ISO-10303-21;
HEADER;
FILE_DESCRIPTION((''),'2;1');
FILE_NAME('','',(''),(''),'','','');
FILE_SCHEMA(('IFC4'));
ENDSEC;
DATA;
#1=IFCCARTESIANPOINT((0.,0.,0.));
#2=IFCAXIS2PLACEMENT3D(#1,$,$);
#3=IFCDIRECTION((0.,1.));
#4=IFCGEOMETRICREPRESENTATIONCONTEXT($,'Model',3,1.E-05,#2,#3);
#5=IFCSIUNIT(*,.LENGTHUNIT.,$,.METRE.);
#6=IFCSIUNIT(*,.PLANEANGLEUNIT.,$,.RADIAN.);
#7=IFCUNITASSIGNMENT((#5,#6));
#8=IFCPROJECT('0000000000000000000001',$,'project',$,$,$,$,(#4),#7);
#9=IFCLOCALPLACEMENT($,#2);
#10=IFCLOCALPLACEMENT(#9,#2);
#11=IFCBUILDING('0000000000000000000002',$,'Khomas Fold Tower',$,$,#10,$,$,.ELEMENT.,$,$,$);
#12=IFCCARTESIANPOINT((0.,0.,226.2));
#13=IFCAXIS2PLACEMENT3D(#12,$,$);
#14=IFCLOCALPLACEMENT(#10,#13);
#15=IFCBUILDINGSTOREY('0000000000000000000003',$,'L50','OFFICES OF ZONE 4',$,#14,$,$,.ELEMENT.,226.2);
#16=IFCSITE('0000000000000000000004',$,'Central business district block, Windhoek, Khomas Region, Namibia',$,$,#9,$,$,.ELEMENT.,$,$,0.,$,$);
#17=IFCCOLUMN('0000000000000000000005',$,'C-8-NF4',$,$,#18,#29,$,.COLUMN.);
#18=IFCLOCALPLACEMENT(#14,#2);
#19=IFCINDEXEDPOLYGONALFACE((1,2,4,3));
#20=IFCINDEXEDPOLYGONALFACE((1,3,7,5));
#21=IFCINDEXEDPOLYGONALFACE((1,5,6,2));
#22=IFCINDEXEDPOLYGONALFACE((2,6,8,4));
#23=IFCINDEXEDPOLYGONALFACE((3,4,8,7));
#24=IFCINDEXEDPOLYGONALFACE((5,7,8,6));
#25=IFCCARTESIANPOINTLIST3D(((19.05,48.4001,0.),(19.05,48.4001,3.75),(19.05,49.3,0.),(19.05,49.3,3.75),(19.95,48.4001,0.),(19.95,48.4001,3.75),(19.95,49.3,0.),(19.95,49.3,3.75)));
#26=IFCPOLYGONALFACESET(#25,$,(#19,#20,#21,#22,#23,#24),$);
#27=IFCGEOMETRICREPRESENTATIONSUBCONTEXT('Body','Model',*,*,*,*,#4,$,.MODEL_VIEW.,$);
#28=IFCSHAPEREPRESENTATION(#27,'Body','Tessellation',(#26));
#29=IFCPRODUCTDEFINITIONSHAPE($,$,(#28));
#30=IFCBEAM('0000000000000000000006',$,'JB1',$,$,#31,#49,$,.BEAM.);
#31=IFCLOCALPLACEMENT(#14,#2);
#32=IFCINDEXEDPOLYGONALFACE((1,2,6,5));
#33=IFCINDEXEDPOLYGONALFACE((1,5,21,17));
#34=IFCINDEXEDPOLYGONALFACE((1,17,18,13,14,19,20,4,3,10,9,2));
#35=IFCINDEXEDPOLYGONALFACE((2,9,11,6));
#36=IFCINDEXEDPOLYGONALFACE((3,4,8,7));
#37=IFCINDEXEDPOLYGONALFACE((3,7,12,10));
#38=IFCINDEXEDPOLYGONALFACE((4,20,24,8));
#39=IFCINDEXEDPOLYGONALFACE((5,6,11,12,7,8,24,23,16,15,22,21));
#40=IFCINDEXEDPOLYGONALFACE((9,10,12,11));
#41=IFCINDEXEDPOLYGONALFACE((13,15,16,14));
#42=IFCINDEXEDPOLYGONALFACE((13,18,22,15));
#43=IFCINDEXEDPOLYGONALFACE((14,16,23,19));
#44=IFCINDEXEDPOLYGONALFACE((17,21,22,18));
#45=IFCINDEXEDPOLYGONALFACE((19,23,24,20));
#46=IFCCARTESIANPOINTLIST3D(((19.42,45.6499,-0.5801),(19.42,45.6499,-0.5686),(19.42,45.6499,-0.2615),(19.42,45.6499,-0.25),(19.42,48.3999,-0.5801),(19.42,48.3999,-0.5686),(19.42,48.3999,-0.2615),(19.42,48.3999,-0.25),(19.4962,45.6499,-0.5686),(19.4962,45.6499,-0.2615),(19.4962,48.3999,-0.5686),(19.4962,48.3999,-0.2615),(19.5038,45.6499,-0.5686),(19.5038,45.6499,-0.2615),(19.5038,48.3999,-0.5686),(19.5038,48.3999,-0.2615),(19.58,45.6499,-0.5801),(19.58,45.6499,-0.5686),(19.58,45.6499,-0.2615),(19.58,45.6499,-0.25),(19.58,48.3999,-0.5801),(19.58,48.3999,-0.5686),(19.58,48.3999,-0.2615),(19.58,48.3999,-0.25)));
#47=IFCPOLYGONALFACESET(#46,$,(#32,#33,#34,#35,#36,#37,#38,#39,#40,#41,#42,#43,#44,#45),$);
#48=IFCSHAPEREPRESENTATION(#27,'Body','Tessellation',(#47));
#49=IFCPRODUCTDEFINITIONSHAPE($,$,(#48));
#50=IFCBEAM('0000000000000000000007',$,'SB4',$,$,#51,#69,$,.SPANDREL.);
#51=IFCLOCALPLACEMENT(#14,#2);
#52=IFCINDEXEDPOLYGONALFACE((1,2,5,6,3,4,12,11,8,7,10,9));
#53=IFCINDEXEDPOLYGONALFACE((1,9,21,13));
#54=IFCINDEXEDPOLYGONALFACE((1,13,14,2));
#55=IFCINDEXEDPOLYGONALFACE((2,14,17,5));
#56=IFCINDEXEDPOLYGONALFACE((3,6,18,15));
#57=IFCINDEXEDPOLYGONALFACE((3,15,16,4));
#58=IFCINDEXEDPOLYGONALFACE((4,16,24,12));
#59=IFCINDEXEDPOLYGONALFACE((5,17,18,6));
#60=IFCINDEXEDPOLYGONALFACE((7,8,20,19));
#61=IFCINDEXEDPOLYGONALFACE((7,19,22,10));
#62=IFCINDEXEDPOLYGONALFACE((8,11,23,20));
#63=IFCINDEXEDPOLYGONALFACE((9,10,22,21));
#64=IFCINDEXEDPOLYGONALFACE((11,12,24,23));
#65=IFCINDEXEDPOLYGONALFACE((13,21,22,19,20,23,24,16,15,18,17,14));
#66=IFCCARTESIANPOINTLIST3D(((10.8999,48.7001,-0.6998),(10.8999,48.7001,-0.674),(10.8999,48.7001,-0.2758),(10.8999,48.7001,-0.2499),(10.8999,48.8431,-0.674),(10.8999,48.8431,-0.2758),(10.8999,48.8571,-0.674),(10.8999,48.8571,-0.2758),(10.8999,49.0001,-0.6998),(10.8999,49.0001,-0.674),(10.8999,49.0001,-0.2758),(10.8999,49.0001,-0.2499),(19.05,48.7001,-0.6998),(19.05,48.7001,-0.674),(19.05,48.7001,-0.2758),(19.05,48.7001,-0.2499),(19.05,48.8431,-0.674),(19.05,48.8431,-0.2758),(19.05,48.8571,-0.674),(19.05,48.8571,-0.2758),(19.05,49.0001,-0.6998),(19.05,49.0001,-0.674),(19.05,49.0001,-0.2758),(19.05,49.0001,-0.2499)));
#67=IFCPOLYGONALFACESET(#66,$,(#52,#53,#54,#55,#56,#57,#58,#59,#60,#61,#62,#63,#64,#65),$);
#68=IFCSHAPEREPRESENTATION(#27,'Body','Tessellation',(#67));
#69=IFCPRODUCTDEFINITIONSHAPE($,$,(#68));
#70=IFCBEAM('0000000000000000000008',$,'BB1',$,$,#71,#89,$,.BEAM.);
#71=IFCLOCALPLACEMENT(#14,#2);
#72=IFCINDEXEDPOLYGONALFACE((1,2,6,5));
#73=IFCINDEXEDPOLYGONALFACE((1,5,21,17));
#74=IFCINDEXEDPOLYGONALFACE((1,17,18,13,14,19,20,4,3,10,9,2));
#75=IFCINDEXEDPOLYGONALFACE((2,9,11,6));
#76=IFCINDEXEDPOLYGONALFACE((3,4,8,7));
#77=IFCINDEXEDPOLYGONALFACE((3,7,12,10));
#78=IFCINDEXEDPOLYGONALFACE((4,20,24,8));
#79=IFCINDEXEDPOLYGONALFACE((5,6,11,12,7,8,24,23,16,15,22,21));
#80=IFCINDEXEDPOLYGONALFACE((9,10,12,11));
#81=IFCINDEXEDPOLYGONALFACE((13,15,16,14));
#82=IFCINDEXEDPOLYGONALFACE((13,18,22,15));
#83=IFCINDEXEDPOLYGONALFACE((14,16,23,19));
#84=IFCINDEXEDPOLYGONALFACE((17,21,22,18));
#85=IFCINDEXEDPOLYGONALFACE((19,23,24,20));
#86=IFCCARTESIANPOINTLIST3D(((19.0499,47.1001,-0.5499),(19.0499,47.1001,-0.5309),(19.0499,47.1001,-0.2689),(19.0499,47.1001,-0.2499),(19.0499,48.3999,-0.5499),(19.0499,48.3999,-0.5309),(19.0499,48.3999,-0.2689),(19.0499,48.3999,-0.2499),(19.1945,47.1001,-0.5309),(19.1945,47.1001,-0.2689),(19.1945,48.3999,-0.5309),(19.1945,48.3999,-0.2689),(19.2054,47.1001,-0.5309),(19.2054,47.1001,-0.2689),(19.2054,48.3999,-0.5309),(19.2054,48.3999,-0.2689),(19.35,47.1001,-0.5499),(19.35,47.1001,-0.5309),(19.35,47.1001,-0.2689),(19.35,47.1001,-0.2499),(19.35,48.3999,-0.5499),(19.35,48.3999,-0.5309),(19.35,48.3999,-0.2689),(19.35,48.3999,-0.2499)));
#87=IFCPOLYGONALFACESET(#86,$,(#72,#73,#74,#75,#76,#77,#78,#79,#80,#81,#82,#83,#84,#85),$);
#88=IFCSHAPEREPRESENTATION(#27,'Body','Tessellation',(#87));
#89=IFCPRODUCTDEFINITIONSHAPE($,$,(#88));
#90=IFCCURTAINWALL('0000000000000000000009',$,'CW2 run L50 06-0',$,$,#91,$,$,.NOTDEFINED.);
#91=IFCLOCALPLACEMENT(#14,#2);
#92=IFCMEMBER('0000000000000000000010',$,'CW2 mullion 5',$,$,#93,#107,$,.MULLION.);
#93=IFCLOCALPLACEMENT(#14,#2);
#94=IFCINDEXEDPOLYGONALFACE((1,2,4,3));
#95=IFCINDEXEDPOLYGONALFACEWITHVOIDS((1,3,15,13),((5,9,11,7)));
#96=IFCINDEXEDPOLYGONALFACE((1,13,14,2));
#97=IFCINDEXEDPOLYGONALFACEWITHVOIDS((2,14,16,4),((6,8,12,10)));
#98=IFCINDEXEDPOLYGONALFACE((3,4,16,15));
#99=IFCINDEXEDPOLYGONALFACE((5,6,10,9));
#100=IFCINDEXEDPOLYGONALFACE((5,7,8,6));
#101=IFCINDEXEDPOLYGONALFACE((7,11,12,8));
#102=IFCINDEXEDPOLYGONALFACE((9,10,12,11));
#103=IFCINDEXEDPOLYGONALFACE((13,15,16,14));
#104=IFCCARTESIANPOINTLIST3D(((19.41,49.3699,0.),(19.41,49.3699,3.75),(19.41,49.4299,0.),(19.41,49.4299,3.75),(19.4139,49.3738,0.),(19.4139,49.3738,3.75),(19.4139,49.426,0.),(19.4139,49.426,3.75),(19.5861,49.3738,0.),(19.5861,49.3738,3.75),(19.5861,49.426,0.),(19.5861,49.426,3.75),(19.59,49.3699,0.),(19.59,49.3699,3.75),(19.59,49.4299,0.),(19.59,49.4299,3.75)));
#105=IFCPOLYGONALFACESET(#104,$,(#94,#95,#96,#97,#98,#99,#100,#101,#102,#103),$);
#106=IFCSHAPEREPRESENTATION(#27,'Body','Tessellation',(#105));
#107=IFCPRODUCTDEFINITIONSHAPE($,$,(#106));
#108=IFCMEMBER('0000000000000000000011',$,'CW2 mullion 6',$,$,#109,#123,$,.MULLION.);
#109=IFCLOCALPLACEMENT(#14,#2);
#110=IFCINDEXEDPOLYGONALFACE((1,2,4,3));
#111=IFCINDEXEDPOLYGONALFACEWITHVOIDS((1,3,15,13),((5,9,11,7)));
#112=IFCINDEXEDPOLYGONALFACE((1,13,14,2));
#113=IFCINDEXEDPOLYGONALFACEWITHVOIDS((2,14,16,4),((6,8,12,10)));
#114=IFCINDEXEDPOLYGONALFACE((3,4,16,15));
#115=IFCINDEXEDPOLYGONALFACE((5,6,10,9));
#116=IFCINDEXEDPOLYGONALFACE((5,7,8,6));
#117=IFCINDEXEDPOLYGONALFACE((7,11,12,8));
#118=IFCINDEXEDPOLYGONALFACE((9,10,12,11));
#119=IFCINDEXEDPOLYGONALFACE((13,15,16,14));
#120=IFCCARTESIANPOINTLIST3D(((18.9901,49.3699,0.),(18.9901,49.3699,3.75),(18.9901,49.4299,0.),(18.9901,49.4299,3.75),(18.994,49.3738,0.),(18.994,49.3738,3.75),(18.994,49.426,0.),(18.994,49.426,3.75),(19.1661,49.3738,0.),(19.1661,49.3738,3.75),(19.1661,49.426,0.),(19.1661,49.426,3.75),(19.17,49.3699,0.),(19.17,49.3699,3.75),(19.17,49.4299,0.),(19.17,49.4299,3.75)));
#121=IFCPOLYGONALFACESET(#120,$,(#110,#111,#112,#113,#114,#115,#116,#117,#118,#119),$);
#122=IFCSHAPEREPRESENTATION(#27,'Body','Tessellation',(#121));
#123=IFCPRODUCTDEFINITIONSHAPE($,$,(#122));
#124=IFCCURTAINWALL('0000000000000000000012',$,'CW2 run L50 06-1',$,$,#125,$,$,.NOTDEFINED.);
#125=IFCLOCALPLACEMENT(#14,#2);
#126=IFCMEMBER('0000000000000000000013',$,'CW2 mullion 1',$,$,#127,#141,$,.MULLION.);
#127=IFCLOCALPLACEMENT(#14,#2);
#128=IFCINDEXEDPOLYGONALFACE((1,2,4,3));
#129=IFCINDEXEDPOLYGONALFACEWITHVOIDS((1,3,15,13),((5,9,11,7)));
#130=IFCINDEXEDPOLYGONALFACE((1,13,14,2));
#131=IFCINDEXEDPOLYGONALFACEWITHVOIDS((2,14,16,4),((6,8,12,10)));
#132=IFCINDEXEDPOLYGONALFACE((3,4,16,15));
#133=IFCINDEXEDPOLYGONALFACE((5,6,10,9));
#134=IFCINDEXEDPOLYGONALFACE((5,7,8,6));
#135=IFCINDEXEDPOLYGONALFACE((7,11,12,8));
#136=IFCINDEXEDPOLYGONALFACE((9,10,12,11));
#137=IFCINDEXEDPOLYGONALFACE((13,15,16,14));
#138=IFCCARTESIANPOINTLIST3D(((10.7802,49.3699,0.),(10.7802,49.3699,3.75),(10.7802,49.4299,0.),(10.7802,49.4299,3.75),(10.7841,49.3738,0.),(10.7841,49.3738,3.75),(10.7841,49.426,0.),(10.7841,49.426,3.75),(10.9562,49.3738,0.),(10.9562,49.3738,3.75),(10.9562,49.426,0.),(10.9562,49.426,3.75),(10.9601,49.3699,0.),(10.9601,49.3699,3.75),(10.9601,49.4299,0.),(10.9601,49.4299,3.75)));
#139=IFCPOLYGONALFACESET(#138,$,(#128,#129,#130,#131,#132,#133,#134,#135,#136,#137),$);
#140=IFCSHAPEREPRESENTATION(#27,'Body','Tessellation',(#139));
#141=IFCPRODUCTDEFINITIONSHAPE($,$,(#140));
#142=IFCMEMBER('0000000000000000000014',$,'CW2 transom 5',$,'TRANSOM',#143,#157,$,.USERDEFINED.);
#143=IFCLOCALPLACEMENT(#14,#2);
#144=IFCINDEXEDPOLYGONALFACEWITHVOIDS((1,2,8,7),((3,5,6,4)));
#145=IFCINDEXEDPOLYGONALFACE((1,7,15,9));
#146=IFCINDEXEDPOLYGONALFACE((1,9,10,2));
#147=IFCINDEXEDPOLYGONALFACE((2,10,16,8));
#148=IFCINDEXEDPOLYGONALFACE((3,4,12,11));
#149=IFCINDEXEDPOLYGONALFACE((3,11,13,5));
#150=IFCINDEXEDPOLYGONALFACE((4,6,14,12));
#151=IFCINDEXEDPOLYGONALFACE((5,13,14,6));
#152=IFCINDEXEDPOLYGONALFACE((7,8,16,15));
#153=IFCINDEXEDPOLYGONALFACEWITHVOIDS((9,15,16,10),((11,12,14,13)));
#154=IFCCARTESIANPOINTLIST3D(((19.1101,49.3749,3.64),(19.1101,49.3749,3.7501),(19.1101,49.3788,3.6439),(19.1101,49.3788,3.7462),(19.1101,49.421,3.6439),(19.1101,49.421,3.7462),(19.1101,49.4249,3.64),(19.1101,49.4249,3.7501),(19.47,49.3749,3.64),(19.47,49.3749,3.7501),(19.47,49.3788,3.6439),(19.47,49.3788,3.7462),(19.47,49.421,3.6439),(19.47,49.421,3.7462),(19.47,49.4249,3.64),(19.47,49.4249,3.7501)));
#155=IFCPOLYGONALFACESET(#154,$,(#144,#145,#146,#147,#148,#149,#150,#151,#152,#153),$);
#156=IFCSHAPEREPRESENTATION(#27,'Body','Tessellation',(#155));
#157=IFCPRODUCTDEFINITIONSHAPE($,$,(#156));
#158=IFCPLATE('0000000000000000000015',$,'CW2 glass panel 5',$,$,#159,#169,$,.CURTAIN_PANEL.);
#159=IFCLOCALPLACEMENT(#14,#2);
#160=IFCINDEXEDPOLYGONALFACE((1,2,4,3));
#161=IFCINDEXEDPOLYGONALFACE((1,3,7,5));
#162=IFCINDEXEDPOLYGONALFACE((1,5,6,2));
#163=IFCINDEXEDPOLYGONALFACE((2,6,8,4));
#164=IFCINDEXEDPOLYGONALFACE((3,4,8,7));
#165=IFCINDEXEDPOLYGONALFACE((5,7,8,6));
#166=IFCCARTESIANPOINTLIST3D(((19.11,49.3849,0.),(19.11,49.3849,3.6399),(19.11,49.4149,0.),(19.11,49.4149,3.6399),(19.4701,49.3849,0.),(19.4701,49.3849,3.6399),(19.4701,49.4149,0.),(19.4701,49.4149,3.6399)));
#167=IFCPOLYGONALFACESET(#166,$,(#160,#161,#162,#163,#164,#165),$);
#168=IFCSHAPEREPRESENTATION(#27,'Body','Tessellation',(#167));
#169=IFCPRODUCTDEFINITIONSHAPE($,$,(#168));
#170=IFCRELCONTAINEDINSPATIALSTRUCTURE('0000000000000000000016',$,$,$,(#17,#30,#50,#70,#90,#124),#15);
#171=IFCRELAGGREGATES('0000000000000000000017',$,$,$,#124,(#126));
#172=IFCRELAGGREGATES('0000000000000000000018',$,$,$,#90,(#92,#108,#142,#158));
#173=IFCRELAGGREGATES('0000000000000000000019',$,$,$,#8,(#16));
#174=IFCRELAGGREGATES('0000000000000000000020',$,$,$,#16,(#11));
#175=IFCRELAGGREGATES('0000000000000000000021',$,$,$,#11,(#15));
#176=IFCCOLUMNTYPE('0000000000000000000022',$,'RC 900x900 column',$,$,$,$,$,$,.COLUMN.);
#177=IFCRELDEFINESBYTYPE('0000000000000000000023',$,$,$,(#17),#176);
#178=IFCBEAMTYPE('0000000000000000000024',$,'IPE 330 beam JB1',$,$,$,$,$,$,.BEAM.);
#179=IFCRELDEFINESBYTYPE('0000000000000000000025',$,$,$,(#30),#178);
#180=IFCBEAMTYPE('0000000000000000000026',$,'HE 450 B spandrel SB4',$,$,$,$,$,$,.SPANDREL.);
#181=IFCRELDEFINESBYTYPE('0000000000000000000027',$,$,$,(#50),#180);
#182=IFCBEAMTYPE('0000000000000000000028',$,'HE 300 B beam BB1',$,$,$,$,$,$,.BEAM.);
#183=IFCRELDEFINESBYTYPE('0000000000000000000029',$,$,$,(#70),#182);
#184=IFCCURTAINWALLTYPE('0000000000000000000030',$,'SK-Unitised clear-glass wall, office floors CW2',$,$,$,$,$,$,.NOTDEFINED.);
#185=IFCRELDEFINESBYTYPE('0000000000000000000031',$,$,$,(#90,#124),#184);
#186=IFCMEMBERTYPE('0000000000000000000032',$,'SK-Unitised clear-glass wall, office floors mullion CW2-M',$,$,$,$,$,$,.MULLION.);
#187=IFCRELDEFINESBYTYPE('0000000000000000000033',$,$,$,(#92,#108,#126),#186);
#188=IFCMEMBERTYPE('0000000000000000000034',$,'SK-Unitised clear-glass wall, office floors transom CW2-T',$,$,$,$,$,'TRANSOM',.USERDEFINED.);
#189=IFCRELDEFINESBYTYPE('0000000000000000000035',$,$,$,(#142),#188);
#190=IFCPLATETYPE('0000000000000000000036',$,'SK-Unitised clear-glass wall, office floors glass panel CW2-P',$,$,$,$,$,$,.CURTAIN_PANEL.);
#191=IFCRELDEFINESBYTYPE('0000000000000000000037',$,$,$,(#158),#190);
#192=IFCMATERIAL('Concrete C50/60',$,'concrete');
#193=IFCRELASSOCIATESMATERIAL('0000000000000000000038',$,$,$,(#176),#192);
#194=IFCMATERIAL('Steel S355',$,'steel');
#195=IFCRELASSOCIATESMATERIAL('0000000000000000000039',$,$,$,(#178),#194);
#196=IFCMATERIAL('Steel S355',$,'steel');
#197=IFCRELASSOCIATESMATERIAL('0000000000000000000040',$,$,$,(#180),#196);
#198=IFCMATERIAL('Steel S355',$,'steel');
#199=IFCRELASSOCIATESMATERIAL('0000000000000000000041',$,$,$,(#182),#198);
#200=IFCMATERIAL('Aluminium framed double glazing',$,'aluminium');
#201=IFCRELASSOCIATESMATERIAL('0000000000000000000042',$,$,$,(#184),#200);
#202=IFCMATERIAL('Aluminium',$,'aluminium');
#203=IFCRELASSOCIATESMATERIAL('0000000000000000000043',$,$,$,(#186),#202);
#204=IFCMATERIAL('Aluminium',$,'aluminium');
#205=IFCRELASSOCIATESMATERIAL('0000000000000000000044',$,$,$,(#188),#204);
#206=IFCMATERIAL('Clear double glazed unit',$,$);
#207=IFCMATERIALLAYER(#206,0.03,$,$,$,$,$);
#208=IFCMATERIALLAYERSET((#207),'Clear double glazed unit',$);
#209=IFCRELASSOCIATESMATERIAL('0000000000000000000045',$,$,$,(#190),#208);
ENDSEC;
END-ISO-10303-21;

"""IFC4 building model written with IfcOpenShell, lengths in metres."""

from ifc_helpers import new_model, si_unit, direction, frame, origin, origin_2d, place, context, subcontext, project, spatial, rectangle, hollow_rectangle, i_section, extrude, source, transform, mapped, material, layer, layer_set, material_profile, profile_set, type_object, element, aggregate, save


model = new_model("IFC4")

# Units and contexts
model_context = context("Model", 3, precision=1e-05, world=origin(), true_north=direction((0.0, 1.0)))
body_context = subcontext(model_context, "Body", "Model", "MODEL_VIEW")
ifc_project = project(units=[si_unit("LENGTHUNIT", "METRE"), si_unit("PLANEANGLEUNIT", "RADIAN")], contexts=[model_context])

# Site, building, storey
site_placement = place(None, origin())
site = spatial("IfcSite", under=ifc_project, at=site_placement, Name="Central business district block, Windhoek, Khomas Region, Namibia", CompositionType="ELEMENT", RefElevation=0.0)
building_placement = place(site_placement, origin())
building = spatial("IfcBuilding", under=site, at=building_placement, Name="Khomas Fold Tower", CompositionType="ELEMENT")
storey_placement = place(building_placement, frame((0.0, 0.0, 226.2)))
storey = spatial("IfcBuildingStorey", under=building, at=storey_placement, Name="L50", Description="OFFICES OF ZONE 4", CompositionType="ELEMENT", Elevation=226.2)

# Column
ifc_material_1 = material(Name="Concrete C50/60", Category="concrete")
ifc_material_profile_1 = material_profile(ifc_material_1, rectangle(XDim=0.8999, YDim=0.8999, at=origin_2d()), Name="RC 900x900")
ifc_profile_set_1 = profile_set([ifc_material_profile_1], Name="Concrete C50/60")
column_type = type_object("IfcColumnType", Name="RC 900x900 column", PredefinedType="COLUMN", material=ifc_profile_set_1)
shared_shape_1 = source(origin(), body_context, "Body", "SweptSolid", [
    extrude(rectangle(XDim=0.8999, YDim=0.8999, at=origin_2d()), origin(), (0.0, 0.0, 1.0), 3.75),
])
column_placement = place(storey_placement, frame((19.5, 48.8501, 0.0), z_axis=(0.0, 0.0, 1.0), x_axis=(1.0, 0.0, 0.0)))
element("IfcColumn", 1, at=column_placement, inside=storey, type_object=column_type, Name="C-8-NF4", PredefinedType="COLUMN", context=body_context, shape_type="MappedRepresentation", body=[
    mapped(shared_shape_1, transform((0.0, 0.0, 0.0))),
])

# Beams
ifc_material_2 = material(Name="Steel S355", Category="steel")
ifc_material_profile_2 = material_profile(ifc_material_2, i_section(OverallWidth=0.1599, OverallDepth=0.3301, WebThickness=0.0076, FlangeThickness=0.0115, at=origin_2d()), Name="IPE 330")
ifc_profile_set_2 = profile_set([ifc_material_profile_2], Name="Steel S355")
beam_type_1 = type_object("IfcBeamType", Name="IPE 330 beam JB1", PredefinedType="BEAM", material=ifc_profile_set_2)
shared_shape_2 = source(origin(), body_context, "Body", "SweptSolid", [
    extrude(i_section(OverallWidth=0.1599, OverallDepth=0.3301, WebThickness=0.0076, FlangeThickness=0.0115, at=origin_2d()), origin(), (0.0, 0.0, 1.0), 2.75),
])
beam_1_placement = place(storey_placement, frame((19.5, 45.6499, -0.415), z_axis=(0.0, 1.0, 0.0), x_axis=(-1.0, 0.0, 0.0)))
element("IfcBeam", 2, at=beam_1_placement, inside=storey, type_object=beam_type_1, Name="JB1", PredefinedType="BEAM", context=body_context, shape_type="MappedRepresentation", body=[
    mapped(shared_shape_2, transform((0.0, 0.0, 0.0))),
])
ifc_material_3 = material(Name="Steel S355", Category="steel")
ifc_material_profile_3 = material_profile(ifc_material_3, i_section(OverallWidth=0.3, OverallDepth=0.45, WebThickness=0.0139, FlangeThickness=0.0259, at=origin_2d()), Name="HE 450 B")
ifc_profile_set_3 = profile_set([ifc_material_profile_3], Name="Steel S355")
beam_type_2 = type_object("IfcBeamType", Name="HE 450 B spandrel SB4", PredefinedType="SPANDREL", material=ifc_profile_set_3)
shared_shape_3 = source(origin(), body_context, "Body", "SweptSolid", [
    extrude(i_section(OverallWidth=0.3, OverallDepth=0.45, WebThickness=0.0139, FlangeThickness=0.0259, at=origin_2d()), origin(), (0.0, 0.0, 1.0), 8.1501),
])
beam_2_placement = place(storey_placement, frame((10.8999, 48.8501, -0.4749), z_axis=(1.0, 0.0, 0.0), x_axis=(0.0, 1.0, 0.0)))
element("IfcBeam", 3, at=beam_2_placement, inside=storey, type_object=beam_type_2, Name="SB4", PredefinedType="SPANDREL", context=body_context, shape_type="MappedRepresentation", body=[
    mapped(shared_shape_3, transform((0.0, 0.0, 0.0))),
])
ifc_material_4 = material(Name="Steel S355", Category="steel")
ifc_material_profile_4 = material_profile(ifc_material_4, i_section(OverallWidth=0.3, OverallDepth=0.3, WebThickness=0.011, FlangeThickness=0.019, at=origin_2d()), Name="HE 300 B")
ifc_profile_set_4 = profile_set([ifc_material_profile_4], Name="Steel S355")
beam_type_3 = type_object("IfcBeamType", Name="HE 300 B beam BB1", PredefinedType="BEAM", material=ifc_profile_set_4)
shared_shape_4 = source(origin(), body_context, "Body", "SweptSolid", [
    extrude(i_section(OverallWidth=0.3, OverallDepth=0.3, WebThickness=0.011, FlangeThickness=0.019, at=origin_2d()), origin(), (0.0, 0.0, 1.0), 1.2998),
])
beam_3_placement = place(storey_placement, frame((19.2, 47.1001, -0.3999), z_axis=(0.0, 1.0, 0.0), x_axis=(-1.0, 0.0, 0.0)))
element("IfcBeam", 4, at=beam_3_placement, inside=storey, type_object=beam_type_3, Name="BB1", PredefinedType="BEAM", context=body_context, shape_type="MappedRepresentation", body=[
    mapped(shared_shape_4, transform((0.0, 0.0, 0.0))),
])

# Curtain wall, members
ifc_material_5 = material(Name="Aluminium framed double glazing", Category="aluminium")
curtain_wall_type = type_object("IfcCurtainWallType", Name="SK-Unitised clear-glass wall, office floors CW2", PredefinedType="NOTDEFINED", material=ifc_material_5)
curtain_wall_1_placement = place(storey_placement, origin())
curtain_wall_1 = element("IfcCurtainWall", 5, at=curtain_wall_1_placement, inside=storey, type_object=curtain_wall_type, Name="CW2 run L50 06-0", PredefinedType="NOTDEFINED")
ifc_material_6 = material(Name="Aluminium", Category="aluminium")
ifc_material_profile_5 = material_profile(ifc_material_6, hollow_rectangle(XDim=0.0601, YDim=0.1799, WallThickness=0.0039, at=origin_2d()), Name="SK-Unitised clear-glass wall, office floors mullion CW2-M")
ifc_profile_set_5 = profile_set([ifc_material_profile_5], Name="Aluminium")
member_type_1 = type_object("IfcMemberType", Name="SK-Unitised clear-glass wall, office floors mullion CW2-M", PredefinedType="MULLION", material=ifc_profile_set_5)
shared_shape_5 = source(origin(), body_context, "Body", "SweptSolid", [
    extrude(hollow_rectangle(XDim=0.0601, YDim=0.1799, WallThickness=0.0039, at=origin_2d()), origin(), (0.0, 0.0, 1.0), 3.75),
])
member_1_placement = place(storey_placement, frame((19.5, 49.3999, 0.0), z_axis=(0.0, 0.0, 1.0), x_axis=(0.0, -1.0, 0.0)))
member_1 = element("IfcMember", 6, at=member_1_placement, type_object=member_type_1, Name="CW2 mullion 5", PredefinedType="MULLION", context=body_context, shape_type="MappedRepresentation", body=[
    mapped(shared_shape_5, transform((0.0, 0.0, 0.0))),
])
member_2_placement = place(storey_placement, frame((19.0801, 49.3999, 0.0), z_axis=(0.0, 0.0, 1.0), x_axis=(0.0, -1.0, 0.0)))
member_2 = element("IfcMember", 7, at=member_2_placement, type_object=member_type_1, Name="CW2 mullion 6", PredefinedType="MULLION", context=body_context, shape_type="MappedRepresentation", body=[
    mapped(shared_shape_5, transform((0.0, 0.0, 0.0))),
])

# Curtain wall, member
curtain_wall_2_placement = place(storey_placement, origin())
curtain_wall_2 = element("IfcCurtainWall", 8, at=curtain_wall_2_placement, inside=storey, type_object=curtain_wall_type, Name="CW2 run L50 06-1", PredefinedType="NOTDEFINED")
member_3_placement = place(storey_placement, frame((10.8701, 49.3999, 0.0), z_axis=(0.0, 0.0, 1.0), x_axis=(0.0, -1.0, 0.0)))
member_3 = element("IfcMember", 9, at=member_3_placement, type_object=member_type_1, Name="CW2 mullion 1", PredefinedType="MULLION", context=body_context, shape_type="MappedRepresentation", body=[
    mapped(shared_shape_5, transform((0.0, 0.0, 0.0))),
])
aggregate(curtain_wall_2, [member_3])

# Member
ifc_material_7 = material(Name="Aluminium", Category="aluminium")
ifc_material_profile_6 = material_profile(ifc_material_7, hollow_rectangle(XDim=0.05, YDim=0.1101, WallThickness=0.0039, at=origin_2d()), Name="SK-Unitised clear-glass wall, office floors transom CW2-T")
ifc_profile_set_6 = profile_set([ifc_material_profile_6], Name="Aluminium")
member_type_2 = type_object("IfcMemberType", Name="SK-Unitised clear-glass wall, office floors transom CW2-T", ElementType="TRANSOM", PredefinedType="USERDEFINED", material=ifc_profile_set_6)
shared_shape_6 = source(origin(), body_context, "Body", "SweptSolid", [
    extrude(hollow_rectangle(XDim=0.05, YDim=0.1101, WallThickness=0.0039, at=origin_2d()), origin(), (0.0, 0.0, 1.0), 0.3599),
])
member_4_placement = place(storey_placement, frame((19.47, 49.3999, 3.6951), z_axis=(-1.0, 0.0, 0.0), x_axis=(0.0, -1.0, 0.0)))
member_4 = element("IfcMember", 10, at=member_4_placement, type_object=member_type_2, Name="CW2 transom 5", ObjectType="TRANSOM", PredefinedType="USERDEFINED", context=body_context, shape_type="MappedRepresentation", body=[
    mapped(shared_shape_6, transform((0.0, 0.0, 0.0))),
])

# Plate
ifc_material_8 = material(Name="Clear double glazed unit")
ifc_layer_1 = layer(ifc_material_8, 0.03)
ifc_layer_set_1 = layer_set([ifc_layer_1], Name="Clear double glazed unit")
plate_type = type_object("IfcPlateType", Name="SK-Unitised clear-glass wall, office floors glass panel CW2-P", PredefinedType="CURTAIN_PANEL", material=ifc_layer_set_1)
shared_shape_7 = source(origin(), body_context, "Body", "SweptSolid", [
    extrude(rectangle(XDim=0.3601, YDim=0.03, at=origin_2d()), origin(), (0.0, 0.0, 1.0), 3.6399),
])
plate_placement = place(storey_placement, frame((19.29, 49.3999, 0.0), z_axis=(0.0, 0.0, 1.0), x_axis=(-1.0, 0.0, 0.0)))
plate = element("IfcPlate", 11, at=plate_placement, type_object=plate_type, Name="CW2 glass panel 5", PredefinedType="CURTAIN_PANEL", context=body_context, shape_type="MappedRepresentation", body=[
    mapped(shared_shape_7, transform((0.0, 0.0, 0.0))),
])
aggregate(curtain_wall_1, [member_1, member_2, member_4, plate])

save(model, "model.ifc")
